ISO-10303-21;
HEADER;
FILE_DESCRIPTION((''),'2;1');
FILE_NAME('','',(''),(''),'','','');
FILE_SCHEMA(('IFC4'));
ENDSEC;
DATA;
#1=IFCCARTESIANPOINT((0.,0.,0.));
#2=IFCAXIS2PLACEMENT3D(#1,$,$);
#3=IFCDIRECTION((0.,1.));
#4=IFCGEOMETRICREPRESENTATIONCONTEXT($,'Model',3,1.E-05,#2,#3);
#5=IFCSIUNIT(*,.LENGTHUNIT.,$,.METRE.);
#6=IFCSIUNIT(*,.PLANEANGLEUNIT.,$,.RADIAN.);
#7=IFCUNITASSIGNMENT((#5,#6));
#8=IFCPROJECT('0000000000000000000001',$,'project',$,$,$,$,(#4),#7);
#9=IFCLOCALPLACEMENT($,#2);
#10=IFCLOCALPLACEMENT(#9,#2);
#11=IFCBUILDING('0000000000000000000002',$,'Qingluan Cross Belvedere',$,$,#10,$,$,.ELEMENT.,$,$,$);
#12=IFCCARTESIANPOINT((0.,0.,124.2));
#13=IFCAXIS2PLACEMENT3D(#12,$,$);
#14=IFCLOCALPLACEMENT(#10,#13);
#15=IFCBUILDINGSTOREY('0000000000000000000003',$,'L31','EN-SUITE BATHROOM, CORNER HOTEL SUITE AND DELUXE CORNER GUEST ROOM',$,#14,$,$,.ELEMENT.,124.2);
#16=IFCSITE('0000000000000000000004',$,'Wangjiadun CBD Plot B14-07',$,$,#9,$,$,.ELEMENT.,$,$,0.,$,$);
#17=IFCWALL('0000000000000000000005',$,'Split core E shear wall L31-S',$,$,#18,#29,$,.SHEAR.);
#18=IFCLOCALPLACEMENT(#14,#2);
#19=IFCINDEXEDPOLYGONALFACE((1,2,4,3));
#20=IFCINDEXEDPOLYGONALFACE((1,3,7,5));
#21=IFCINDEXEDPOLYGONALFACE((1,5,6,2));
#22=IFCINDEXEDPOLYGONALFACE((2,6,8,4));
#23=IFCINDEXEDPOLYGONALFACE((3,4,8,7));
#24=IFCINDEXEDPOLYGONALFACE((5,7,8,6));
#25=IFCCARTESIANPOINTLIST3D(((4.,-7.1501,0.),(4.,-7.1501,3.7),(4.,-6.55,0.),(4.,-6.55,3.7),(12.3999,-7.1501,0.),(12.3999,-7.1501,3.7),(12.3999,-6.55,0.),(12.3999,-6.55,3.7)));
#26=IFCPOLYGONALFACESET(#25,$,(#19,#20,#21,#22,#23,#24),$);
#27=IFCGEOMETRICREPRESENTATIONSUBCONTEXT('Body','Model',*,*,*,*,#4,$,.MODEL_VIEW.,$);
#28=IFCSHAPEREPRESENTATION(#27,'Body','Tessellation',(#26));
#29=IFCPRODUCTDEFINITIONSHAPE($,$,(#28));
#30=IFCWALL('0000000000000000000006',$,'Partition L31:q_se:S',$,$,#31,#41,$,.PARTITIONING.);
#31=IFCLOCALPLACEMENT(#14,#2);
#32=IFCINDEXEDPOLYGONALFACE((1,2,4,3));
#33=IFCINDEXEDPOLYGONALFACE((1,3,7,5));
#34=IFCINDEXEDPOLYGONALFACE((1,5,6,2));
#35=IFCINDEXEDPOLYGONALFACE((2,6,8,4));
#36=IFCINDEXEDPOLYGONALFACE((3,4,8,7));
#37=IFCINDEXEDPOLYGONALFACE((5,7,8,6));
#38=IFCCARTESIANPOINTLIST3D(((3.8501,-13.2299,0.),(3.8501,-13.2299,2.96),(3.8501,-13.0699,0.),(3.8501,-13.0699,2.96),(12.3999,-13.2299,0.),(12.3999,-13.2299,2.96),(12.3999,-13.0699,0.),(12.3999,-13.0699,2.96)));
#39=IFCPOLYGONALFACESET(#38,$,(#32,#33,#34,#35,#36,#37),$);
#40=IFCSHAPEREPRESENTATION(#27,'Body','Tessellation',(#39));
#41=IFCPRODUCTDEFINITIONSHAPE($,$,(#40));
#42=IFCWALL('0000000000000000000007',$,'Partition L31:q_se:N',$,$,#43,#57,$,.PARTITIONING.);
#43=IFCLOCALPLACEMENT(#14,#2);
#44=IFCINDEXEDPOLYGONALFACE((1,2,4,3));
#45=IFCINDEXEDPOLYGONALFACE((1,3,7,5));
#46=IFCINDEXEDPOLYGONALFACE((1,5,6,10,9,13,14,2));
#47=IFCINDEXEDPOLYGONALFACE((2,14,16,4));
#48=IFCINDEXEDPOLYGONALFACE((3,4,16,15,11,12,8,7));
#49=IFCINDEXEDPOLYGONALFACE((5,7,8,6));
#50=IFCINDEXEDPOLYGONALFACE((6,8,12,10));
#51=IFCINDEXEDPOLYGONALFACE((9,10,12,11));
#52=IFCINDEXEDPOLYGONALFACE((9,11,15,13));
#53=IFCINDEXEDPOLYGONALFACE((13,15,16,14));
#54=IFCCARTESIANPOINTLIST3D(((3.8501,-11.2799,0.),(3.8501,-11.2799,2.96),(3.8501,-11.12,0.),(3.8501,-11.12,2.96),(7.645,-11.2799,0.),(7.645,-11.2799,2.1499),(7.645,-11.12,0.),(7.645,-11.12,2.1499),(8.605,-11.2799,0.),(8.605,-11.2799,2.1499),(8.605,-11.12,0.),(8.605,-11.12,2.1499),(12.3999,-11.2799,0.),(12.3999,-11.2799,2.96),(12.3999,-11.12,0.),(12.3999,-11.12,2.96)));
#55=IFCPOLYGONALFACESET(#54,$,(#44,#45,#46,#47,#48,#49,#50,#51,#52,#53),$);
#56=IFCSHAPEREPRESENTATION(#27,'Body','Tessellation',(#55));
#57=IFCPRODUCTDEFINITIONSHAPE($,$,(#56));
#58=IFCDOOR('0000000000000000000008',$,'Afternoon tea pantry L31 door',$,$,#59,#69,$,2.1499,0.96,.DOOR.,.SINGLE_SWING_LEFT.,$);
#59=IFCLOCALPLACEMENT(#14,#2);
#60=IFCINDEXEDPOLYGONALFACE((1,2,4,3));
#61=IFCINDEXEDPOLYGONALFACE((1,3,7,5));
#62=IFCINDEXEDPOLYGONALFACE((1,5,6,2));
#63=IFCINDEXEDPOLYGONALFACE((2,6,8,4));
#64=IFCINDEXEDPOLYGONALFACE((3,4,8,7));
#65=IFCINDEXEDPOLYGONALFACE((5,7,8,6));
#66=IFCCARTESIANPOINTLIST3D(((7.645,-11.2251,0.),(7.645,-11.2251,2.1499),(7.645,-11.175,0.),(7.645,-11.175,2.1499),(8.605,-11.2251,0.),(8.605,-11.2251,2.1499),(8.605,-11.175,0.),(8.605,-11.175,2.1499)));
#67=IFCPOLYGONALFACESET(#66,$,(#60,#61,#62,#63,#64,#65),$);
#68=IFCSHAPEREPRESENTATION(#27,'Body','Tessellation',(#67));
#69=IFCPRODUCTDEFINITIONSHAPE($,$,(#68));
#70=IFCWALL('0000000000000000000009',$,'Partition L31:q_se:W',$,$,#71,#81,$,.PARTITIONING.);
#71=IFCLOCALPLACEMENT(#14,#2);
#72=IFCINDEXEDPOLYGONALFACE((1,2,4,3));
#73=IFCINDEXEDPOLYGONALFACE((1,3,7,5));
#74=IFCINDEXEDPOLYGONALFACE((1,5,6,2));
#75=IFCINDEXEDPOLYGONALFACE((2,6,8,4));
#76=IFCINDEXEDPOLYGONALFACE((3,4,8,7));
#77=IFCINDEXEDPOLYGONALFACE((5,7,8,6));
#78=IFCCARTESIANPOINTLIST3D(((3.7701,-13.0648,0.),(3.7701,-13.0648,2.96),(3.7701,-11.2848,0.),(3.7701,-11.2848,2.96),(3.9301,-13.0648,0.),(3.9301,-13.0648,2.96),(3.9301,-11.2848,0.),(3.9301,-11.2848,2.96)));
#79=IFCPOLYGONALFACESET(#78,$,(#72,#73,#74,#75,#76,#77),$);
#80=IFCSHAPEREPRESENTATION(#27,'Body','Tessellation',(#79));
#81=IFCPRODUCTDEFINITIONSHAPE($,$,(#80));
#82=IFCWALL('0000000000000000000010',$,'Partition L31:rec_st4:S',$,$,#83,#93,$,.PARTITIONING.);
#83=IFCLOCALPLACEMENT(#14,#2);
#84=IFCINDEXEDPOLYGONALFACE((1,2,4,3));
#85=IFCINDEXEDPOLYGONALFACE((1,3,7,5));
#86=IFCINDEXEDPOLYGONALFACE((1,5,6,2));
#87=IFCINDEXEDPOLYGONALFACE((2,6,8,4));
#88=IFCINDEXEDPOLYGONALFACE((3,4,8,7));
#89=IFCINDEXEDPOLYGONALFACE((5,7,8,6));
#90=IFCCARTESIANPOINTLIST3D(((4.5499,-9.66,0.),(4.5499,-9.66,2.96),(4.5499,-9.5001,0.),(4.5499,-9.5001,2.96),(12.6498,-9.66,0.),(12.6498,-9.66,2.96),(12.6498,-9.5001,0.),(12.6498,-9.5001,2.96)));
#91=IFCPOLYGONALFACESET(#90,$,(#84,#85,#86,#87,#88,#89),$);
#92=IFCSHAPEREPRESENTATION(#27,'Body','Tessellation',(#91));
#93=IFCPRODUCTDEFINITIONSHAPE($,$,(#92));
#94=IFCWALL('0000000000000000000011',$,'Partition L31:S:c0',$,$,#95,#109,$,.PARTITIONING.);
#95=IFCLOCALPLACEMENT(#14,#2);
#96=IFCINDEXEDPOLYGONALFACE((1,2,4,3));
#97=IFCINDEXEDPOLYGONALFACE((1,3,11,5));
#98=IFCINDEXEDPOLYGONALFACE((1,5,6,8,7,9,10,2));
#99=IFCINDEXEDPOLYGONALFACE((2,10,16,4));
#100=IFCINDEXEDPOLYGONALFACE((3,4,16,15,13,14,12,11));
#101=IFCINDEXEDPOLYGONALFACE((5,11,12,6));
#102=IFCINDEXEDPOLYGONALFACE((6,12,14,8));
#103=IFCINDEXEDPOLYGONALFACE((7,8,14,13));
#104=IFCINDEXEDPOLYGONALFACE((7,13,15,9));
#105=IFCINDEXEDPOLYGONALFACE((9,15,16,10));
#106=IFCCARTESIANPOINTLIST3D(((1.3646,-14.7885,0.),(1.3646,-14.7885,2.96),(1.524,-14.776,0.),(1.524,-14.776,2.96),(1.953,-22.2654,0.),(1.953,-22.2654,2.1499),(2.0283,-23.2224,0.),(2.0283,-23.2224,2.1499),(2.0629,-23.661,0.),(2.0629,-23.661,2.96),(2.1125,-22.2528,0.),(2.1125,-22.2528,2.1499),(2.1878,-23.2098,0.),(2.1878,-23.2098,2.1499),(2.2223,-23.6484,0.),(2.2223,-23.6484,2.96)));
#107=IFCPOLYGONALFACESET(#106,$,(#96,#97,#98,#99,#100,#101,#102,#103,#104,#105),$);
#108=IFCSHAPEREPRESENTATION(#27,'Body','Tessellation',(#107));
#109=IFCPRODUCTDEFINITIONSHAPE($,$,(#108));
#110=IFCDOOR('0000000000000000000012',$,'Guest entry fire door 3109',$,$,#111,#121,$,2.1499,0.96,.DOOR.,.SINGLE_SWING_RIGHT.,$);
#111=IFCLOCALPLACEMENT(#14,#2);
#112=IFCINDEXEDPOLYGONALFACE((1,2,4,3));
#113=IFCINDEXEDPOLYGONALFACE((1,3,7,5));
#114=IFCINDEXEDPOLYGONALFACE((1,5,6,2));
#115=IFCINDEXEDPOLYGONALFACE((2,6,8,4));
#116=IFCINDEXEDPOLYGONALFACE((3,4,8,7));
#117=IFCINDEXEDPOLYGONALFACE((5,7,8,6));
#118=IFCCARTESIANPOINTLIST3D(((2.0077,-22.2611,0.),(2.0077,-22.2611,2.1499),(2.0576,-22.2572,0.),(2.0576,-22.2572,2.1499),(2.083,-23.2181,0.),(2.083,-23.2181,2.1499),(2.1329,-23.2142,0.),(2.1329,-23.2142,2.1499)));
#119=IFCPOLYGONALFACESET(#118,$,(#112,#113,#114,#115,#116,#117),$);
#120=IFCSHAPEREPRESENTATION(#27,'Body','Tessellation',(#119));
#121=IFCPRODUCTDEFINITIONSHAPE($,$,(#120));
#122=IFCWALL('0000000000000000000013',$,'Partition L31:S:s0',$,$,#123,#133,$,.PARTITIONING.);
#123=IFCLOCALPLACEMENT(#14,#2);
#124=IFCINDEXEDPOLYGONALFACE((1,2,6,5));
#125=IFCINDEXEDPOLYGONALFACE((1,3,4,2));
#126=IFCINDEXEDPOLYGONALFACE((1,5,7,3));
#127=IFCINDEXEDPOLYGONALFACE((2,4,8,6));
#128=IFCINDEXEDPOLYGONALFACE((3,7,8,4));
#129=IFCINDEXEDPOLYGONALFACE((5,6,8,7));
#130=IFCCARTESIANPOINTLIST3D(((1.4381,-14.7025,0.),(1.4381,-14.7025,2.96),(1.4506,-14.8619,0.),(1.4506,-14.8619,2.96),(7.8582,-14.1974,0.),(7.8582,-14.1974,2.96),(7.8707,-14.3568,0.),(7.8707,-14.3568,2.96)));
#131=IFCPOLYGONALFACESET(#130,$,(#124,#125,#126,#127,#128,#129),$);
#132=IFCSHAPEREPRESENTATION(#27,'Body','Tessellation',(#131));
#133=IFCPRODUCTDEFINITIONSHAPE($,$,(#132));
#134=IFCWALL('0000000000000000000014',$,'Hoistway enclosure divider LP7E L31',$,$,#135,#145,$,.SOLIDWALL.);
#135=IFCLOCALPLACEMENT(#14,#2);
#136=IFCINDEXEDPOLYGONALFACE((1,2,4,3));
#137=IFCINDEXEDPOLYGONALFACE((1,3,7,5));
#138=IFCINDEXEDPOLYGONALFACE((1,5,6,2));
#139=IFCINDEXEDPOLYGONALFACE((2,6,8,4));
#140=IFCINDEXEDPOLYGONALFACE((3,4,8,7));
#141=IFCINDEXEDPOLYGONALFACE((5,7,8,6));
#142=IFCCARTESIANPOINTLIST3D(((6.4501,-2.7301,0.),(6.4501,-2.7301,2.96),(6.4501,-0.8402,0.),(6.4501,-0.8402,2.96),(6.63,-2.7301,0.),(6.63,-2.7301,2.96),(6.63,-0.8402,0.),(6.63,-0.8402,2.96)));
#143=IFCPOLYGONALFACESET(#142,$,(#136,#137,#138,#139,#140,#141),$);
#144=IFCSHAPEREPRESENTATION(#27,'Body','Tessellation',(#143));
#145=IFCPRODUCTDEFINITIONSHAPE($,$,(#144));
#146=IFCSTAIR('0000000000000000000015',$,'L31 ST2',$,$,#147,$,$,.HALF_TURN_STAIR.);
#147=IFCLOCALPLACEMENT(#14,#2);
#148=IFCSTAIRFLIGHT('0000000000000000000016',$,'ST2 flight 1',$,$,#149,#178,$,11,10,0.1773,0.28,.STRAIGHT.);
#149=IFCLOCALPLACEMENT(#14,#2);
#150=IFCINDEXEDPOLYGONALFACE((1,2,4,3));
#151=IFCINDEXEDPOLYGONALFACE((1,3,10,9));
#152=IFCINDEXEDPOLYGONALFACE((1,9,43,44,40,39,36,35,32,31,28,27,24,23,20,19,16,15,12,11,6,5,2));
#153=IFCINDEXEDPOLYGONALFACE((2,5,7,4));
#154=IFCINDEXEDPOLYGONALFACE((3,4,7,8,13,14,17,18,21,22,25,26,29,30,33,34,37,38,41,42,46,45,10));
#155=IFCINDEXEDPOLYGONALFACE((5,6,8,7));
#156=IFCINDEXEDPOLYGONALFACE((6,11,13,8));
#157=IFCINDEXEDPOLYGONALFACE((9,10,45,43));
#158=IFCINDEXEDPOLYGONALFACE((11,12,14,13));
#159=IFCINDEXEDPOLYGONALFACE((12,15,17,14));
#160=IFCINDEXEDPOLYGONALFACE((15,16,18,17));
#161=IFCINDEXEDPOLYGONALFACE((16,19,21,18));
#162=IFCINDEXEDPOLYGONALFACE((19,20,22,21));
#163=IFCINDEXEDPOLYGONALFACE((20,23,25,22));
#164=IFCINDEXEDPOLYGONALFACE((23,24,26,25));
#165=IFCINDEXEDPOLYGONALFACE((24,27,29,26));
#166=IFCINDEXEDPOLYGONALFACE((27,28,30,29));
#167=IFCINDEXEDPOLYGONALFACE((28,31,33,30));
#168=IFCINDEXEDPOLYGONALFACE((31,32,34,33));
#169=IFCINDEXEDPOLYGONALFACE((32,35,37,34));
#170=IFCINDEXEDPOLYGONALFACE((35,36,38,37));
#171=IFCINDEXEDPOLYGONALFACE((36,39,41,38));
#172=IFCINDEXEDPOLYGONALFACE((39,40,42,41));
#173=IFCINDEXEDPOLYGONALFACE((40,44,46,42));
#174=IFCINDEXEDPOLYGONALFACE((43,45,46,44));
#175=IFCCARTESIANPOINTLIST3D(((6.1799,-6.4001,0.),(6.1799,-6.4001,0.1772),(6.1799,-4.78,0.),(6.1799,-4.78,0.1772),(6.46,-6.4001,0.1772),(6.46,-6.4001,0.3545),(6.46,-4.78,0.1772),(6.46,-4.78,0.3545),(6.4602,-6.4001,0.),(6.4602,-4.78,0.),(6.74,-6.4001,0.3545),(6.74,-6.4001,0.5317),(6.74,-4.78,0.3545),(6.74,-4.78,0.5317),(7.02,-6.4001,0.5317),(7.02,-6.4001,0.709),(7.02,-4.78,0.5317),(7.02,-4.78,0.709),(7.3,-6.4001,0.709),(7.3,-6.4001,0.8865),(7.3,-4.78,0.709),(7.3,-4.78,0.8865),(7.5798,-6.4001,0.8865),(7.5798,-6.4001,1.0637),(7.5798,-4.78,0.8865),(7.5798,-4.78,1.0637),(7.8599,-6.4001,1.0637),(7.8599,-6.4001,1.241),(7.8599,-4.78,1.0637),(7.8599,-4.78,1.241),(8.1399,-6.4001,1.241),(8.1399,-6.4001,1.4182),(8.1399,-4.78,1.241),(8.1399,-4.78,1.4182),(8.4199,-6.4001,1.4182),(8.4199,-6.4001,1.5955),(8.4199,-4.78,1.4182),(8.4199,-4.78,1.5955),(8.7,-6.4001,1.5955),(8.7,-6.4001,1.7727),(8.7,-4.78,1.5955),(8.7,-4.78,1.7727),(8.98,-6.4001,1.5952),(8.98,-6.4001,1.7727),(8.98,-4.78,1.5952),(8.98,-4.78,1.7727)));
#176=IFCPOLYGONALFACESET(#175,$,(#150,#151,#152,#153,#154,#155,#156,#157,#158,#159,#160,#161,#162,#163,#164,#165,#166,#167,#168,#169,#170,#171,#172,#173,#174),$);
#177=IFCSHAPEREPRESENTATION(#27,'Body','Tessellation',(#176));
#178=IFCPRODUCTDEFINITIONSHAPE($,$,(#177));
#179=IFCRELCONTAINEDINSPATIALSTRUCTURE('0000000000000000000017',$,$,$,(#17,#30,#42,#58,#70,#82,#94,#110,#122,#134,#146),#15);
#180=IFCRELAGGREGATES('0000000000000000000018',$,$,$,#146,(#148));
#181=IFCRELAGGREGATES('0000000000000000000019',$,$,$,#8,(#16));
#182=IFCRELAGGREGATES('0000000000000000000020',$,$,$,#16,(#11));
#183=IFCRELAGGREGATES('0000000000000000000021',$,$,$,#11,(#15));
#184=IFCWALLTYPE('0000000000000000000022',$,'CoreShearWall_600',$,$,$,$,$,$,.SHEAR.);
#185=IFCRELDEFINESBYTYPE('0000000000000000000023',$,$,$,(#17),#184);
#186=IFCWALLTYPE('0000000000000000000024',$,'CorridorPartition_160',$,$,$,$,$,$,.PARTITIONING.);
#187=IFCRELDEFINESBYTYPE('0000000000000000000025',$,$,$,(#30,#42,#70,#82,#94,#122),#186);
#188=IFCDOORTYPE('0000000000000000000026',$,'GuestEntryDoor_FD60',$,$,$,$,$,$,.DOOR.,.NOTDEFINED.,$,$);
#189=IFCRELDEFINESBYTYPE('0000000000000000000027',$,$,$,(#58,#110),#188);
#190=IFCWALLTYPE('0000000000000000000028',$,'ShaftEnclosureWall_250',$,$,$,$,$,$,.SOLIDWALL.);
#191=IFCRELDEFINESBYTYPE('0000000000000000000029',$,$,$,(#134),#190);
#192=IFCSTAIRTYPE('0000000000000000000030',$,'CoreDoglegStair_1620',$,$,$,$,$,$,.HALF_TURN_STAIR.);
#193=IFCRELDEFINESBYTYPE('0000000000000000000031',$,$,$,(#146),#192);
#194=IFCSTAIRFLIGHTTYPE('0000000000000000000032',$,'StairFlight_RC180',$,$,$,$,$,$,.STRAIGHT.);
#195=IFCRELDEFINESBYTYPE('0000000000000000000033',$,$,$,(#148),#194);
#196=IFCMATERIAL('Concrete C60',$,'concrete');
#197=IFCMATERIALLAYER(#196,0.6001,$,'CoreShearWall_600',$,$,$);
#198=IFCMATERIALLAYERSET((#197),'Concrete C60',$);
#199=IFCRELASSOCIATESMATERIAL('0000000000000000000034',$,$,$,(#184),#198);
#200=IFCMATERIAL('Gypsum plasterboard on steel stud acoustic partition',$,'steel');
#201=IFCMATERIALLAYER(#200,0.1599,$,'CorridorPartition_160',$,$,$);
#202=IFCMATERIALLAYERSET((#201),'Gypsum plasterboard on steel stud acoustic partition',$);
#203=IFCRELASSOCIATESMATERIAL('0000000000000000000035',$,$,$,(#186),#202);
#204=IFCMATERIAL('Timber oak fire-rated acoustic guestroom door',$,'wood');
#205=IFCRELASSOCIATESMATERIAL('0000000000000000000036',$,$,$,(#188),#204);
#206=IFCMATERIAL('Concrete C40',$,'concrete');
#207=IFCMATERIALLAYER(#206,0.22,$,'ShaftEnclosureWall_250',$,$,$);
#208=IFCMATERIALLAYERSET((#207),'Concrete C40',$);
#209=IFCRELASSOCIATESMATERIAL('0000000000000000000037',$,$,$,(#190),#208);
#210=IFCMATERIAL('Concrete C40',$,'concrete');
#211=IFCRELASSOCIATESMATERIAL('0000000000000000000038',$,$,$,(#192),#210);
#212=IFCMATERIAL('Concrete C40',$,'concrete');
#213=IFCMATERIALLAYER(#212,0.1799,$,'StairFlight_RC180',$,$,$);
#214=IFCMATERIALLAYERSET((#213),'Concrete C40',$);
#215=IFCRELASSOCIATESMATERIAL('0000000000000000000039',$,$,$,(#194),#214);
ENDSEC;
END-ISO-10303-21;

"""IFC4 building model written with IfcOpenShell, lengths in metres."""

from ifc_helpers import new_model, si_unit, direction, frame, frame_2d, origin, place, context, subcontext, project, spatial, polyline, rectangle, outline, extrude, material, layer, layer_set, type_object, element, fill, aggregate, save


model = new_model("IFC4")

# Units and contexts
model_context = context("Model", 3, precision=1e-05, world=origin(), true_north=direction((0.0, 1.0)))
body_context = subcontext(model_context, "Body", "Model", "MODEL_VIEW")
ifc_project = project(units=[si_unit("LENGTHUNIT", "METRE"), si_unit("PLANEANGLEUNIT", "RADIAN")], contexts=[model_context])

# Site, building, storey
site_placement = place(None, origin())
site = spatial("IfcSite", under=ifc_project, at=site_placement, Name="Wangjiadun CBD Plot B14-07", CompositionType="ELEMENT", RefElevation=0.0)
building_placement = place(site_placement, origin())
building = spatial("IfcBuilding", under=site, at=building_placement, Name="Qingluan Cross Belvedere", CompositionType="ELEMENT")
storey_placement = place(building_placement, frame((0.0, 0.0, 124.2)))
storey = spatial("IfcBuildingStorey", under=building, at=storey_placement, Name="L31", Description="EN-SUITE BATHROOM, CORNER HOTEL SUITE AND DELUXE CORNER GUEST ROOM", CompositionType="ELEMENT", Elevation=124.2)

# Wall
ifc_material_1 = material(Name="Concrete C60", Category="concrete")
ifc_layer_1 = layer(ifc_material_1, 0.6001, Name="CoreShearWall_600")
ifc_layer_set_1 = layer_set([ifc_layer_1], Name="Concrete C60")
wall_type_1 = type_object("IfcWallType", Name="CoreShearWall_600", PredefinedType="SHEAR", material=ifc_layer_set_1)
wall_1_placement = place(storey_placement, frame((4.0, -6.8501, 0.0), z_axis=(0.0, 0.0, 1.0), x_axis=(1.0, 0.0, 0.0)))
element("IfcWall", 1, at=wall_1_placement, inside=storey, type_object=wall_type_1, Name="Split core E shear wall L31-S", PredefinedType="SHEAR", context=body_context, shape_type="SweptSolid", body=[
    extrude(rectangle(XDim=8.3999, YDim=0.6001, at=frame_2d((4.2, 0.0))), origin(), (0.0, 0.0, 1.0), 3.7),
])

# Wall
ifc_material_2 = material(Name="Gypsum plasterboard on steel stud acoustic partition", Category="steel")
ifc_layer_2 = layer(ifc_material_2, 0.1599, Name="CorridorPartition_160")
ifc_layer_set_2 = layer_set([ifc_layer_2], Name="Gypsum plasterboard on steel stud acoustic partition")
wall_type_2 = type_object("IfcWallType", Name="CorridorPartition_160", PredefinedType="PARTITIONING", material=ifc_layer_set_2)
wall_2_placement = place(storey_placement, frame((3.8501, -13.1499, 0.0), z_axis=(0.0, 0.0, 1.0), x_axis=(1.0, 0.0, 0.0)))
element("IfcWall", 2, at=wall_2_placement, inside=storey, type_object=wall_type_2, Name="Partition L31:q_se:S", PredefinedType="PARTITIONING", context=body_context, shape_type="SweptSolid", body=[
    extrude(rectangle(XDim=8.5498, YDim=0.1599, at=frame_2d((4.2749, 0.0))), origin(), (0.0, 0.0, 1.0), 2.96),
])

# Wall, opening, door
wall_3_placement = place(storey_placement, frame((3.8501, -11.2, 0.0), z_axis=(0.0, 0.0, 1.0), x_axis=(1.0, 0.0, 0.0)))
wall_3 = element("IfcWall", 3, at=wall_3_placement, inside=storey, type_object=wall_type_2, Name="Partition L31:q_se:N", PredefinedType="PARTITIONING", context=body_context, shape_type="SweptSolid", body=[
    extrude(rectangle(XDim=8.5498, YDim=0.1599, at=frame_2d((4.2749, 0.0))), origin(), (0.0, 0.0, 1.0), 2.96),
])
opening_1_placement = place(wall_3_placement, frame((3.7949, 0.0, 0.0)))
opening_1 = element("IfcOpeningElement", 4, at=opening_1_placement, cuts=wall_3, PredefinedType="OPENING", context=body_context, shape_type="SweptSolid", body=[
    extrude(rectangle(XDim=0.96, YDim=2.1499, at=frame_2d((0.48, 1.075))), frame((0.0, 0.0898, 0.0), z_axis=(0.0, -1.0, 0.0), x_axis=(1.0, 0.0, 0.0)), (0.0, 0.0, 1.0), 0.1799),
])
ifc_material_3 = material(Name="Timber oak fire-rated acoustic guestroom door", Category="wood")
door_type_1 = type_object("IfcDoorType", Name="GuestEntryDoor_FD60", OperationType="NOTDEFINED", PredefinedType="DOOR", material=ifc_material_3)
door_1_placement = place(opening_1_placement, origin())
door_1 = element("IfcDoor", 5, at=door_1_placement, inside=storey, type_object=door_type_1, Name="Afternoon tea pantry L31 door", OperationType="SINGLE_SWING_LEFT", OverallHeight=2.1499, OverallWidth=0.96, PredefinedType="DOOR", context=body_context, shape_type="SweptSolid", body=[
    extrude(rectangle(XDim=0.96, YDim=2.1499, at=frame_2d((0.48, 1.075))), frame((0.0, 0.0249, 0.0), z_axis=(0.0, -1.0, 0.0), x_axis=(1.0, 0.0, 0.0)), (0.0, 0.0, 1.0), 0.05),
])
fill(opening_1, door_1)

# Walls
wall_4_placement = place(storey_placement, frame((3.8501, -13.0649, 0.0), z_axis=(0.0, 0.0, 1.0), x_axis=(0.0, 1.0, 0.0)))
element("IfcWall", 6, at=wall_4_placement, inside=storey, type_object=wall_type_2, Name="Partition L31:q_se:W", PredefinedType="PARTITIONING", context=body_context, shape_type="SweptSolid", body=[
    extrude(rectangle(XDim=1.78, YDim=0.1599, at=frame_2d((0.8901, 0.0))), origin(), (0.0, 0.0, 1.0), 2.96),
])
wall_5_placement = place(storey_placement, frame((4.55, -9.5801, 0.0), z_axis=(0.0, 0.0, 1.0), x_axis=(1.0, 0.0, 0.0)))
element("IfcWall", 7, at=wall_5_placement, inside=storey, type_object=wall_type_2, Name="Partition L31:rec_st4:S", PredefinedType="PARTITIONING", context=body_context, shape_type="SweptSolid", body=[
    extrude(rectangle(XDim=8.0999, YDim=0.1599, at=frame_2d((4.0498, 0.0))), origin(), (0.0, 0.0, 1.0), 2.96),
])

# Wall, opening, door
wall_6_placement = place(storey_placement, frame((1.4443, -14.7822, 0.0), z_axis=(0.0, 0.0, 1.0), x_axis=(0.078454, -0.996918, 0.0)))
wall_6 = element("IfcWall", 8, at=wall_6_placement, inside=storey, type_object=wall_type_2, Name="Partition L31:S:c0", PredefinedType="PARTITIONING", context=body_context, shape_type="SweptSolid", body=[
    extrude(rectangle(XDim=8.8999, YDim=0.1599, at=frame_2d((4.45, 0.0))), origin(), (0.0, 0.0, 1.0), 2.96),
])
opening_2_placement = place(wall_6_placement, frame((7.5, 0.0, 0.0)))
opening_2 = element("IfcOpeningElement", 9, at=opening_2_placement, cuts=wall_6, PredefinedType="OPENING", context=body_context, shape_type="SweptSolid", body=[
    extrude(rectangle(XDim=0.96, YDim=2.1499, at=frame_2d((0.48, 1.075))), frame((0.0, 0.0898, 0.0), z_axis=(0.0, -1.0, 0.0), x_axis=(1.0, 0.0, 0.0)), (0.0, 0.0, 1.0), 0.1799),
])
door_2_placement = place(opening_2_placement, origin())
door_2 = element("IfcDoor", 10, at=door_2_placement, inside=storey, type_object=door_type_1, Name="Guest entry fire door 3109", OperationType="SINGLE_SWING_RIGHT", OverallHeight=2.1499, OverallWidth=0.96, PredefinedType="DOOR", context=body_context, shape_type="SweptSolid", body=[
    extrude(rectangle(XDim=0.96, YDim=2.1499, at=frame_2d((0.48, 1.075))), frame((0.0, 0.0249, 0.0), z_axis=(0.0, -1.0, 0.0), x_axis=(1.0, 0.0, 0.0)), (0.0, 0.0, 1.0), 0.05),
])
fill(opening_2, door_2)

# Walls
wall_7_placement = place(storey_placement, frame((1.4443, -14.7822, 0.0), z_axis=(0.0, 0.0, 1.0), x_axis=(0.996919, 0.078436, 0.0)))
element("IfcWall", 11, at=wall_7_placement, inside=storey, type_object=wall_type_2, Name="Partition L31:S:s0", PredefinedType="PARTITIONING", context=body_context, shape_type="SweptSolid", body=[
    extrude(rectangle(XDim=6.4399, YDim=0.1599, at=frame_2d((3.22, 0.0))), origin(), (0.0, 0.0, 1.0), 2.96),
])
ifc_material_4 = material(Name="Concrete C40", Category="concrete")
ifc_layer_3 = layer(ifc_material_4, 0.22, Name="ShaftEnclosureWall_250")
ifc_layer_set_3 = layer_set([ifc_layer_3], Name="Concrete C40")
wall_type_3 = type_object("IfcWallType", Name="ShaftEnclosureWall_250", PredefinedType="SOLIDWALL", material=ifc_layer_set_3)
wall_8_placement = place(storey_placement, frame((6.54, -2.73, 0.0), z_axis=(0.0, 0.0, 1.0), x_axis=(0.0, 1.0, 0.0)))
element("IfcWall", 12, at=wall_8_placement, inside=storey, type_object=wall_type_3, Name="Hoistway enclosure divider LP7E L31", PredefinedType="SOLIDWALL", context=body_context, shape_type="SweptSolid", body=[
    extrude(rectangle(XDim=1.8899, YDim=0.1799, at=frame_2d((0.9448, 0.0))), origin(), (0.0, 0.0, 1.0), 2.96),
])

# Stair, stair flight
ifc_material_5 = material(Name="Concrete C40", Category="concrete")
stair_type = type_object("IfcStairType", Name="CoreDoglegStair_1620", PredefinedType="HALF_TURN_STAIR", material=ifc_material_5)
stair_placement = place(storey_placement, origin())
stair = element("IfcStair", 13, at=stair_placement, inside=storey, type_object=stair_type, Name="L31 ST2", PredefinedType="HALF_TURN_STAIR")
ifc_material_6 = material(Name="Concrete C40", Category="concrete")
ifc_layer_4 = layer(ifc_material_6, 0.1799, Name="StairFlight_RC180")
ifc_layer_set_4 = layer_set([ifc_layer_4], Name="Concrete C40")
stair_flight_type = type_object("IfcStairFlightType", Name="StairFlight_RC180", PredefinedType="STRAIGHT", material=ifc_layer_set_4)
stair_flight_placement = place(storey_placement, frame((6.1799, -5.5901, 0.0), z_axis=(0.0, 0.0, 1.0), x_axis=(1.0, 0.0, 0.0)))
stair_flight = element("IfcStairFlight", 14, at=stair_flight_placement, type_object=stair_flight_type, Name="ST2 flight 1", NumberOfRisers=11, NumberOfTreads=10, PredefinedType="STRAIGHT", RiserHeight=0.1773, TreadLength=0.28, context=body_context, shape_type="SweptSolid", body=[
    extrude(outline(polyline([(0.0, 0.0), (0.0, 0.1772), (0.28, 0.1772), (0.28, 0.3545), (0.5601, 0.3545), (0.5601, 0.5317), (0.8401, 0.5317), (0.8401, 0.709), (1.1201, 0.709), (1.1201, 0.8865), (1.3999, 0.8865), (1.3999, 1.0637), (1.6799, 1.0637), (1.6799, 1.241), (1.96, 1.241), (1.96, 1.4182), (2.24, 1.4182), (2.24, 1.5955), (2.52, 1.5955), (2.52, 1.7727), (2.8, 1.7727), (2.8, 1.95), (2.8, 1.5952), (0.2803, 0.0), (0.0, 0.0)])), frame((0.0, 0.8101, 0.0), z_axis=(0.0, -1.0, 0.0), x_axis=(1.0, 0.0, 0.0)), (0.0, 0.0, 1.0), 1.6201),
])
aggregate(stair, [stair_flight])

save(model, "model.ifc")
